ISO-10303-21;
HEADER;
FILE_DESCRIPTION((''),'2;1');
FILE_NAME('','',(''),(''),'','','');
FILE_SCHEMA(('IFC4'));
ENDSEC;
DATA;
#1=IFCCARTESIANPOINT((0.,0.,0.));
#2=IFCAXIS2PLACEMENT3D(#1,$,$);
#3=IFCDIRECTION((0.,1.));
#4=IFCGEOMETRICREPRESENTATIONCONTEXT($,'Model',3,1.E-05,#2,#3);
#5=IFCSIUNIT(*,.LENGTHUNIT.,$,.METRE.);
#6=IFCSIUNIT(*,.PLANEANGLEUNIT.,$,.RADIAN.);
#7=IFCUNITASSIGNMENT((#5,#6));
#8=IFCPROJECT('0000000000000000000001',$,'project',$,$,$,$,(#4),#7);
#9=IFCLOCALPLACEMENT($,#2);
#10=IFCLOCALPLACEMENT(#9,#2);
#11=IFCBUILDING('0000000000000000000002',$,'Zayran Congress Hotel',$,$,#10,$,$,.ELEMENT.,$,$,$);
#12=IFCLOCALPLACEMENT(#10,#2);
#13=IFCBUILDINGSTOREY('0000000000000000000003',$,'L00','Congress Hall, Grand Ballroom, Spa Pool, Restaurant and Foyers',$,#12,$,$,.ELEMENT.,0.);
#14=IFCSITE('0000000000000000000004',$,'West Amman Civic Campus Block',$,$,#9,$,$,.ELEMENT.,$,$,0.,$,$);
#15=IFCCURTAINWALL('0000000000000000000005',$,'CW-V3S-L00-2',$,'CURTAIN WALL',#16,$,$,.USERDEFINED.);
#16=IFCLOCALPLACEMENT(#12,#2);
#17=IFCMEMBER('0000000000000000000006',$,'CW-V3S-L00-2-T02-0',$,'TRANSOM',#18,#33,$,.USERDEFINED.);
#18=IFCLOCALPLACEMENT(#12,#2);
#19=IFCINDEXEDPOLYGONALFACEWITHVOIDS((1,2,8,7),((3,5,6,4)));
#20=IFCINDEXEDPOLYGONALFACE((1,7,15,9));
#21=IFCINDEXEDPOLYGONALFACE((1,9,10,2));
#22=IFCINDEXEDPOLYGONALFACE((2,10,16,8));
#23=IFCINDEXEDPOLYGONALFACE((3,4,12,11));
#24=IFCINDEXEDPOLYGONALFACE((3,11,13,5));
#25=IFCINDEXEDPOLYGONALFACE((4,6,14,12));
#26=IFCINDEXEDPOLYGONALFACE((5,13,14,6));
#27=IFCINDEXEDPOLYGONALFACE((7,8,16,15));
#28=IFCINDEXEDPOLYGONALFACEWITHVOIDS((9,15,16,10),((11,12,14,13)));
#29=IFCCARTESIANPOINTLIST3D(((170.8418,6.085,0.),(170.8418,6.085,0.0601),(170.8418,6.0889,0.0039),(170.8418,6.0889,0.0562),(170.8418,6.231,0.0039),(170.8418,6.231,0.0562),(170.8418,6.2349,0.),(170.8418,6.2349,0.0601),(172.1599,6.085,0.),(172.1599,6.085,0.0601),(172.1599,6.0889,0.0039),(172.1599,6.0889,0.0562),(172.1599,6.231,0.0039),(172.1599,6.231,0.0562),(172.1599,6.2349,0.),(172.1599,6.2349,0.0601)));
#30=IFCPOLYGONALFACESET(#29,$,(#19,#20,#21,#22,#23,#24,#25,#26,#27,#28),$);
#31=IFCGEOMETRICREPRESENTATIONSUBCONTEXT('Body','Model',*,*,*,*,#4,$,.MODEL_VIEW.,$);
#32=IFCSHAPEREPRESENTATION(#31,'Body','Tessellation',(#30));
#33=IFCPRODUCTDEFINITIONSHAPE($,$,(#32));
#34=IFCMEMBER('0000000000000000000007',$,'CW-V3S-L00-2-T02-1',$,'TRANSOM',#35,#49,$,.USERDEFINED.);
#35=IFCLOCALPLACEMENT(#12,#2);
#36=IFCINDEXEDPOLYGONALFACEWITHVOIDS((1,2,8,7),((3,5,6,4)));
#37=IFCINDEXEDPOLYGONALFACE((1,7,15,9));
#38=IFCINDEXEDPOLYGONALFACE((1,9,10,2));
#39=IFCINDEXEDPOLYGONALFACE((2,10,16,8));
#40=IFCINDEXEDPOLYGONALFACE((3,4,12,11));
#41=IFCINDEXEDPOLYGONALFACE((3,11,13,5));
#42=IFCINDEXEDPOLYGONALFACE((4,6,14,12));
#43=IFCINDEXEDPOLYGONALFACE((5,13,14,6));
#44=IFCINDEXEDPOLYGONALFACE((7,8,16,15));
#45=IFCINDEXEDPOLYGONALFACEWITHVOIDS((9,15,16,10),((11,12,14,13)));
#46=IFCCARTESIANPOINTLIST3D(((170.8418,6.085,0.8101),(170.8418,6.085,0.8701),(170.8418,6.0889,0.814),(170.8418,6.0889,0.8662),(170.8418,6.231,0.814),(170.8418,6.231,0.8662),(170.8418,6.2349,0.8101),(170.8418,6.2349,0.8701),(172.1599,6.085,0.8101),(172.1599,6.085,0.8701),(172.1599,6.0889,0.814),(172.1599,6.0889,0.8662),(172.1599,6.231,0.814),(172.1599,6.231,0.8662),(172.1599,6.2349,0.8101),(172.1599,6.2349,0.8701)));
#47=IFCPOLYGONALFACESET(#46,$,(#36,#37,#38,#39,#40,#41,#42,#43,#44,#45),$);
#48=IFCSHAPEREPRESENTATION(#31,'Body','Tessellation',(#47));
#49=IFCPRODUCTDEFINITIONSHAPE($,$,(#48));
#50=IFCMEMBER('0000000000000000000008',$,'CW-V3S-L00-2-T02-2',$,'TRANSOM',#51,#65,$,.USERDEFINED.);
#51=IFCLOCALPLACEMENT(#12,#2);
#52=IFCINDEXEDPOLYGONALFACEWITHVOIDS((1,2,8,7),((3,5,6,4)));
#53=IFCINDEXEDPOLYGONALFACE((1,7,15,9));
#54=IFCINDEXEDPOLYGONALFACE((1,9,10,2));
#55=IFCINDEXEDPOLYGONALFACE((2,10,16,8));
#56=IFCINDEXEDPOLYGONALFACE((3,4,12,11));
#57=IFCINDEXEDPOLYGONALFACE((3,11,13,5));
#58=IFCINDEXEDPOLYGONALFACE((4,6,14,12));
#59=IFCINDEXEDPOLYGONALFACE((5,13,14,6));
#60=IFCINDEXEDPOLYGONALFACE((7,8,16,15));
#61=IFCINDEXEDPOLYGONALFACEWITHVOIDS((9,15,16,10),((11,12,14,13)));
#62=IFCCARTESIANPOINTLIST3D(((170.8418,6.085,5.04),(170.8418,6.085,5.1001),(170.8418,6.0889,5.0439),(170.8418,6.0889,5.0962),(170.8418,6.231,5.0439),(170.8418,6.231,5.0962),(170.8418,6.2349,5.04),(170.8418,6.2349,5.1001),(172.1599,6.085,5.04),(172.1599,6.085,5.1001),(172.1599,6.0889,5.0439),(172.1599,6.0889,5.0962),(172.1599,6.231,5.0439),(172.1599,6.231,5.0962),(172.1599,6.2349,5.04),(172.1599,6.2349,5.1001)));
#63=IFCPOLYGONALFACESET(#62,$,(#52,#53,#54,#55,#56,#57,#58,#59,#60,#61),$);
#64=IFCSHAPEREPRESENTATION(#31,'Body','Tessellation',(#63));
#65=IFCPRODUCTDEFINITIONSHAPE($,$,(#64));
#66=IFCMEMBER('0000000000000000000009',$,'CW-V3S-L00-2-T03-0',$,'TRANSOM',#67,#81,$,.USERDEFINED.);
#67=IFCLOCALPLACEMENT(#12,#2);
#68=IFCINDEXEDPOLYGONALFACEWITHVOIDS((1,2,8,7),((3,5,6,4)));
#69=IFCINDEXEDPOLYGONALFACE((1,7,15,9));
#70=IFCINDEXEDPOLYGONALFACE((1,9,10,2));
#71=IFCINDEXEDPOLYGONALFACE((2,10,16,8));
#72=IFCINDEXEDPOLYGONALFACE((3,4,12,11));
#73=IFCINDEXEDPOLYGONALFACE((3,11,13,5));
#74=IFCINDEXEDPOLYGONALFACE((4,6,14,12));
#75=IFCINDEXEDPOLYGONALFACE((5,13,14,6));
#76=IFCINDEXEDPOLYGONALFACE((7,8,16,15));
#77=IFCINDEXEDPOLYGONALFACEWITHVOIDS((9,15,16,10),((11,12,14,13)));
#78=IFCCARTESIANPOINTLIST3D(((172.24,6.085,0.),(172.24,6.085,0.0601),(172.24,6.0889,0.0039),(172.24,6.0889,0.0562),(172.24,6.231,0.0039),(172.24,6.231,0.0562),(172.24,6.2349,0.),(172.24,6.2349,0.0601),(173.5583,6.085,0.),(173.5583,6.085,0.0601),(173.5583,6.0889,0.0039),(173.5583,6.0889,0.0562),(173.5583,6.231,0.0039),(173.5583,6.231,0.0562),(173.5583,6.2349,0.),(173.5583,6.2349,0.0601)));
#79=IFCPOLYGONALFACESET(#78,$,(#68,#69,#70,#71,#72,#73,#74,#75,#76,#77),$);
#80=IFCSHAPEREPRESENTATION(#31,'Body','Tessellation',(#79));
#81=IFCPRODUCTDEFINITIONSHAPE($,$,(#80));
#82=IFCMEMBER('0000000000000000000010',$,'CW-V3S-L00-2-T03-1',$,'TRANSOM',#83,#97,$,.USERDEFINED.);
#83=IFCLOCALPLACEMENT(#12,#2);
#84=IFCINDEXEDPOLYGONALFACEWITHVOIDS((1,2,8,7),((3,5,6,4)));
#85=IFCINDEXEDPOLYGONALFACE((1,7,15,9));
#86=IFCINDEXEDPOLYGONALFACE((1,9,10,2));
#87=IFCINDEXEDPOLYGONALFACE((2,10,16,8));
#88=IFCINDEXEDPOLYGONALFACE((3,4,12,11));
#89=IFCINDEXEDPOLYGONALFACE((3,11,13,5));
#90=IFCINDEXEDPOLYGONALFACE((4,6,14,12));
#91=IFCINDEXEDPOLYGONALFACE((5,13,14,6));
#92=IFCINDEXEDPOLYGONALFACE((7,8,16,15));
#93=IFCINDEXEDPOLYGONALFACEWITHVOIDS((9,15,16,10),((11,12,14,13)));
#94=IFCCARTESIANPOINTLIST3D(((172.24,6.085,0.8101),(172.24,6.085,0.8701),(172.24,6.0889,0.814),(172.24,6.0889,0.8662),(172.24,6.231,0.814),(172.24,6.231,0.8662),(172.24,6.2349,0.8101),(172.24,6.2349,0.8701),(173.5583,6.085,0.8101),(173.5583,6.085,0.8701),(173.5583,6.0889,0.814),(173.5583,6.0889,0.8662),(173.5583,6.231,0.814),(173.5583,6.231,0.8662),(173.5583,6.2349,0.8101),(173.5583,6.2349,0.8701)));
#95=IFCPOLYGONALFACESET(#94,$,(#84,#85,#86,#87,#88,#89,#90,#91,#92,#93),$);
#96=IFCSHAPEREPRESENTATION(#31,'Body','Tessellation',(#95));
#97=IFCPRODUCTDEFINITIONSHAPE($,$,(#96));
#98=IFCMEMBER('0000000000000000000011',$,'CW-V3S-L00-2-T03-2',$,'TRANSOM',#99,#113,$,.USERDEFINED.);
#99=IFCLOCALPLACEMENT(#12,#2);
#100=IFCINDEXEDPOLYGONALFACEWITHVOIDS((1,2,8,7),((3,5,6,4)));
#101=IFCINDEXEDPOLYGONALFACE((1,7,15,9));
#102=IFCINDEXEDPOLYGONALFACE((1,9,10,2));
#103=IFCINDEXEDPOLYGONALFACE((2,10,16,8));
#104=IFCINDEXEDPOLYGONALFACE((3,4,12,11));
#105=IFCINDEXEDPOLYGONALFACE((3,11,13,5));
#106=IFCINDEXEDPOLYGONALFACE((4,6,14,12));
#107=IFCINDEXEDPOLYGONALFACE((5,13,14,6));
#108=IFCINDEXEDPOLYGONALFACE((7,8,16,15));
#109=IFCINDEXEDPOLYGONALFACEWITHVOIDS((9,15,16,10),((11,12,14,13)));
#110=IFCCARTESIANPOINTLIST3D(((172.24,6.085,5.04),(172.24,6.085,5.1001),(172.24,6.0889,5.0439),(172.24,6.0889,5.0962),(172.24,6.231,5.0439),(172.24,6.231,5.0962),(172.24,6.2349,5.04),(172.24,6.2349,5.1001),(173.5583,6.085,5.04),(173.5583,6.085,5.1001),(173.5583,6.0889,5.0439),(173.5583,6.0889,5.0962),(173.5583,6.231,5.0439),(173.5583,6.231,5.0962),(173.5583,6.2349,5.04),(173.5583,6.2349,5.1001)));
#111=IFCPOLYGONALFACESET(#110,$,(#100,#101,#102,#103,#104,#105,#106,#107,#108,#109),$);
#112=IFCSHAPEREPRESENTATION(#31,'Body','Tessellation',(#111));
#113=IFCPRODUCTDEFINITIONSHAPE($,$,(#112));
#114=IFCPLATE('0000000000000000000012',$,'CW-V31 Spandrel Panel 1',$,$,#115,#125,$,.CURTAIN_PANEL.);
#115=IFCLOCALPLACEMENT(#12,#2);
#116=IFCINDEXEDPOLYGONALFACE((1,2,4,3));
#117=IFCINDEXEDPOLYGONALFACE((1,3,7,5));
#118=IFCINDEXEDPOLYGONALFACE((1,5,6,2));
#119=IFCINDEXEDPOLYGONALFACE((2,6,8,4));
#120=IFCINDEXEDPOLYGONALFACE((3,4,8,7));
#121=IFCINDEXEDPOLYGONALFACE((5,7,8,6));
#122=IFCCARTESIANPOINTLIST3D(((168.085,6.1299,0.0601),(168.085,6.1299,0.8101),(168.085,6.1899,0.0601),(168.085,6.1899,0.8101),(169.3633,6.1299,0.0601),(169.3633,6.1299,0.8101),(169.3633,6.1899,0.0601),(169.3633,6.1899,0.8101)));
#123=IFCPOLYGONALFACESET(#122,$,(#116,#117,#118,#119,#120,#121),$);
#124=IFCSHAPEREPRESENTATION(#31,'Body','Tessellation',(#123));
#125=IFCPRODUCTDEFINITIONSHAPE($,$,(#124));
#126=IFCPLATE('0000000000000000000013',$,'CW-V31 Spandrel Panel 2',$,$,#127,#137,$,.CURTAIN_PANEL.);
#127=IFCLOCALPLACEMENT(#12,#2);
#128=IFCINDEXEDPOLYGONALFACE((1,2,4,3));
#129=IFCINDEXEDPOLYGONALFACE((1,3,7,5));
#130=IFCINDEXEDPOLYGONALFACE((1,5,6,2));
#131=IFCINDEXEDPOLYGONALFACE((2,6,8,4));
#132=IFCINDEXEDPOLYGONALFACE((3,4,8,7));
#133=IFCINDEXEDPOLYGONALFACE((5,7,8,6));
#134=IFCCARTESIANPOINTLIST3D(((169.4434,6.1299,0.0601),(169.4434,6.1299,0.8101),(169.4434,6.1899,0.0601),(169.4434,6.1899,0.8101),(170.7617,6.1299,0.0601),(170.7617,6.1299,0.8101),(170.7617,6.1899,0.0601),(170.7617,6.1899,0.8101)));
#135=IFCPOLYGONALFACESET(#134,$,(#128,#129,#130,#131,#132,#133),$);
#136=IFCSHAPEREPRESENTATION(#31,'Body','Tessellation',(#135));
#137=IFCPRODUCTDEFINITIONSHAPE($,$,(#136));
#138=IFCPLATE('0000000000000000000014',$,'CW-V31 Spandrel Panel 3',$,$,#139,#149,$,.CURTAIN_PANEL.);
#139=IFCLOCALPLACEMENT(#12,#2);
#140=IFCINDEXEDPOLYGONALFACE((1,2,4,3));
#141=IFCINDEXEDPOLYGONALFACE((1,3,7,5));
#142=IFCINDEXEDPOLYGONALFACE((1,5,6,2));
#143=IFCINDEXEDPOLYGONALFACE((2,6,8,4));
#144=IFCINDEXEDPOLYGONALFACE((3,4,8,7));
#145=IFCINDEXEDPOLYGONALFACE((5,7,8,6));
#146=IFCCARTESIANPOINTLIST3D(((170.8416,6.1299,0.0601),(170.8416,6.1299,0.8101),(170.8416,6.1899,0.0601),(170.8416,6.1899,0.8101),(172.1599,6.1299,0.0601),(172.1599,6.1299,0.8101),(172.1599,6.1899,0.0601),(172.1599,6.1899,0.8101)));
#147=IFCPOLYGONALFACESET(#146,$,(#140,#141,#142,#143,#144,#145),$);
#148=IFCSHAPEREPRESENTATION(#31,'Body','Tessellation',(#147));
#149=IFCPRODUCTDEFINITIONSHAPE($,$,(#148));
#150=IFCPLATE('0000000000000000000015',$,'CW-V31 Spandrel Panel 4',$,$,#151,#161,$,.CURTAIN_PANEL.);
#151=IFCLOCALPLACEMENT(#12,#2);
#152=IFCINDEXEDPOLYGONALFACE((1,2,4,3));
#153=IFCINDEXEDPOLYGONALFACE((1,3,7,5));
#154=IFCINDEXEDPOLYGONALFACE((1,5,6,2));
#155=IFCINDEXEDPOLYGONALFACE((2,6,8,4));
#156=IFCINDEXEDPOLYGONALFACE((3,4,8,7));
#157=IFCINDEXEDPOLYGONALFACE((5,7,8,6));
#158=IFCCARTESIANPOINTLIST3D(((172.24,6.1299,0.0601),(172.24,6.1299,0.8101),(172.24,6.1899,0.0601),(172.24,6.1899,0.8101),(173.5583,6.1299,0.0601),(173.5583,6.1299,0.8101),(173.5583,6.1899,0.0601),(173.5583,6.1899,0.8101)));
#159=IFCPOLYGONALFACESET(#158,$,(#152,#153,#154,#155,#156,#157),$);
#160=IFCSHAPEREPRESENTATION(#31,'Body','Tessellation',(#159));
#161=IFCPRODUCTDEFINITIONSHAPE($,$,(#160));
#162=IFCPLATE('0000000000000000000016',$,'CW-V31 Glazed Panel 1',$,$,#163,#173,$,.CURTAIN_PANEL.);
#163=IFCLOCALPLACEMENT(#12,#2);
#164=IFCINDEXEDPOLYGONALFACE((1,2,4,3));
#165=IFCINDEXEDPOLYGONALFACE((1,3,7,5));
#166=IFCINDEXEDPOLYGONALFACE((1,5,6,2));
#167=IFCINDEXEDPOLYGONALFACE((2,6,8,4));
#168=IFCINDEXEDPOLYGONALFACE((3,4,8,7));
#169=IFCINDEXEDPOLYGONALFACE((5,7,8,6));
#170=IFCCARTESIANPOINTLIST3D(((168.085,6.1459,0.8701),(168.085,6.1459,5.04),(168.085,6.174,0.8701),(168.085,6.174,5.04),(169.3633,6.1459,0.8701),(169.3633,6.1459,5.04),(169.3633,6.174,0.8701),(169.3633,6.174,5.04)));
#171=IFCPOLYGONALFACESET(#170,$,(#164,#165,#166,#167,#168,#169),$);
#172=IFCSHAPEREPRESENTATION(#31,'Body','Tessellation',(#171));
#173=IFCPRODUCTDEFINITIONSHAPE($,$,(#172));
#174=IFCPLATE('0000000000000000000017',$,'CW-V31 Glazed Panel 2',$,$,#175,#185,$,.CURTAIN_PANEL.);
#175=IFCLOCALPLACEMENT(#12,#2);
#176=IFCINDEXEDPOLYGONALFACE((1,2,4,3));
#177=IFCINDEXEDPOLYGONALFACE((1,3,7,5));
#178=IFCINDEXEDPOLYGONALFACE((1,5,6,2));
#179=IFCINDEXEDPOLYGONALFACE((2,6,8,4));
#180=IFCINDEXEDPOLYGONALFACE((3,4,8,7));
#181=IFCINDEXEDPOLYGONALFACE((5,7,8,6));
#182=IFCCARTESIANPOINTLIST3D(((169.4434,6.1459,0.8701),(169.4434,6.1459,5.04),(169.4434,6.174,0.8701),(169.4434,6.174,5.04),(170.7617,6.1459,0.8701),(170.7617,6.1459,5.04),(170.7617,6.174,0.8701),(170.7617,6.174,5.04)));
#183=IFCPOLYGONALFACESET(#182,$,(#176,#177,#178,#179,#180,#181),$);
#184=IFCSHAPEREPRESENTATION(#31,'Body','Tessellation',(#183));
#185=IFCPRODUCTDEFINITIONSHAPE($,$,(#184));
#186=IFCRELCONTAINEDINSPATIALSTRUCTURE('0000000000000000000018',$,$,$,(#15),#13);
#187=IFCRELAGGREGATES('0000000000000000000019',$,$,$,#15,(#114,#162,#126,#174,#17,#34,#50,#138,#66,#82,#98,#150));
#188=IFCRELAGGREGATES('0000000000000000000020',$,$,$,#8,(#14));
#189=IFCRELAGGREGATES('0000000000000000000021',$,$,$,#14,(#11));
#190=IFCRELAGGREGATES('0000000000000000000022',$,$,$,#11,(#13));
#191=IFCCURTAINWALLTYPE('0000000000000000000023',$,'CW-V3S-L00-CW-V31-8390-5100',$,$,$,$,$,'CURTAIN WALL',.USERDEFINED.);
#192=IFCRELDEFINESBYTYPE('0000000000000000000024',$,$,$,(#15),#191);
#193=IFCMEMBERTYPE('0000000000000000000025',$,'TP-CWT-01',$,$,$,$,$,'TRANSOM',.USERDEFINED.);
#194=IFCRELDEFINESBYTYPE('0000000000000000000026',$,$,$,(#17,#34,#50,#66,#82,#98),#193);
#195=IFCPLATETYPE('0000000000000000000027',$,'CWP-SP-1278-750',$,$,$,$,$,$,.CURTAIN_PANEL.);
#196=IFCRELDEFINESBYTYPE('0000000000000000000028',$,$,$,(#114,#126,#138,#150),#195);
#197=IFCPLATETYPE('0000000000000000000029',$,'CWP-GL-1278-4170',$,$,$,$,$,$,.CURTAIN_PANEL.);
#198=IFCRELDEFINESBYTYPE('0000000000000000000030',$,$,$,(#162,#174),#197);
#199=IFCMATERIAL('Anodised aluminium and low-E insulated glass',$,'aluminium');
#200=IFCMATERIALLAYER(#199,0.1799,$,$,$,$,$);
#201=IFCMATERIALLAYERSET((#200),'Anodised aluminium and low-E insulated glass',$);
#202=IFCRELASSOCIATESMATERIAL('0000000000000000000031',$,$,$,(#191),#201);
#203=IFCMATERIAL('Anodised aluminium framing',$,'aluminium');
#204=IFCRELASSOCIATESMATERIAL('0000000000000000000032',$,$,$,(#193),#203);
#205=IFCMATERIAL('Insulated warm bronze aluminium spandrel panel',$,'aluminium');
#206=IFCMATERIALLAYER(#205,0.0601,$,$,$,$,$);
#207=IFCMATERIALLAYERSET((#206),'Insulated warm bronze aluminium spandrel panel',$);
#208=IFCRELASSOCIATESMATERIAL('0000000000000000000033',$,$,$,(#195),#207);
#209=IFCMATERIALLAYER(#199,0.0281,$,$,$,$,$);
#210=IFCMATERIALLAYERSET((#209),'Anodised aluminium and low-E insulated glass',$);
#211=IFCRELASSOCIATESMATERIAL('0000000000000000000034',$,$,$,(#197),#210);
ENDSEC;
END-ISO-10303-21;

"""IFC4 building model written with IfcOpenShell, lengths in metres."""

from ifc_helpers import new_model, si_unit, direction, frame, origin, origin_2d, place, context, subcontext, project, spatial, rectangle, hollow_rectangle, extrude, material, layer, layer_set, material_profile, profile_set, type_object, element, aggregate, save


model = new_model("IFC4")

# Units and contexts
model_context = context("Model", 3, precision=1e-05, world=origin(), true_north=direction((0.0, 1.0)))
body_context = subcontext(model_context, "Body", "Model", "MODEL_VIEW")
ifc_project = project(units=[si_unit("LENGTHUNIT", "METRE"), si_unit("PLANEANGLEUNIT", "RADIAN")], contexts=[model_context])

# Site, building, storey
site_placement = place(None, origin())
site = spatial("IfcSite", under=ifc_project, at=site_placement, Name="West Amman Civic Campus Block", CompositionType="ELEMENT", RefElevation=0.0)
building_placement = place(site_placement, origin())
building = spatial("IfcBuilding", under=site, at=building_placement, Name="Zayran Congress Hotel", CompositionType="ELEMENT")
storey_placement = place(building_placement, origin())
storey = spatial("IfcBuildingStorey", under=building, at=storey_placement, Name="L00", Description="Congress Hall, Grand Ballroom, Spa Pool, Restaurant and Foyers", CompositionType="ELEMENT", Elevation=0.0)

# Shared definitions
ifc_material_1 = material(Name="Anodised aluminium and low-E insulated glass", Category="aluminium")
ifc_material_2 = material(Name="Anodised aluminium framing", Category="aluminium")

# Curtain wall, members, plates
ifc_layer_1 = layer(ifc_material_1, 0.1799)
ifc_layer_set_1 = layer_set([ifc_layer_1], Name="Anodised aluminium and low-E insulated glass")
curtain_wall_type_1 = type_object("IfcCurtainWallType", Name="CW-V3S-L00-CW-V31-8390-5100", ElementType="CURTAIN WALL", PredefinedType="USERDEFINED", material=ifc_layer_set_1)
curtain_wall_1_placement = place(storey_placement, origin())
curtain_wall_1 = element("IfcCurtainWall", 1, at=curtain_wall_1_placement, inside=storey, type_object=curtain_wall_type_1, Name="CW-V3S-L00-2", ObjectType="CURTAIN WALL", PredefinedType="USERDEFINED")
ifc_material_profile_1 = material_profile(ifc_material_2, hollow_rectangle(XDim=0.0601, YDim=0.1499, WallThickness=0.0039, at=origin_2d()), Name="RHS 150x60x4")
ifc_profile_set_1 = profile_set([ifc_material_profile_1], Name="Anodised aluminium framing")
member_type_1 = type_object("IfcMemberType", Name="TP-CWT-01", ElementType="TRANSOM", PredefinedType="USERDEFINED", material=ifc_profile_set_1)
member_1_placement = place(storey_placement, frame((170.8418, 6.1599, 0.03), z_axis=(1.0, 0.0, 0.0), x_axis=(0.0, 0.0, 1.0)))
member_1 = element("IfcMember", 2, at=member_1_placement, type_object=member_type_1, Name="CW-V3S-L00-2-T02-0", ObjectType="TRANSOM", PredefinedType="USERDEFINED", context=body_context, shape_type="SweptSolid", body=[
    extrude(hollow_rectangle(XDim=0.0601, YDim=0.1499, WallThickness=0.0039, at=origin_2d()), origin(), (0.0, 0.0, 1.0), 1.3181),
])
member_2_placement = place(storey_placement, frame((170.8418, 6.1599, 0.8401), z_axis=(1.0, 0.0, 0.0), x_axis=(0.0, 0.0, 1.0)))
member_2 = element("IfcMember", 3, at=member_2_placement, type_object=member_type_1, Name="CW-V3S-L00-2-T02-1", ObjectType="TRANSOM", PredefinedType="USERDEFINED", context=body_context, shape_type="SweptSolid", body=[
    extrude(hollow_rectangle(XDim=0.0601, YDim=0.1499, WallThickness=0.0039, at=origin_2d()), origin(), (0.0, 0.0, 1.0), 1.3181),
])
member_3_placement = place(storey_placement, frame((170.8418, 6.1599, 5.0701), z_axis=(1.0, 0.0, 0.0), x_axis=(0.0, 0.0, 1.0)))
member_3 = element("IfcMember", 4, at=member_3_placement, type_object=member_type_1, Name="CW-V3S-L00-2-T02-2", ObjectType="TRANSOM", PredefinedType="USERDEFINED", context=body_context, shape_type="SweptSolid", body=[
    extrude(hollow_rectangle(XDim=0.0601, YDim=0.1499, WallThickness=0.0039, at=origin_2d()), origin(), (0.0, 0.0, 1.0), 1.3181),
])
member_4_placement = place(storey_placement, frame((172.24, 6.1599, 0.03), z_axis=(1.0, 0.0, 0.0), x_axis=(0.0, 0.0, 1.0)))
member_4 = element("IfcMember", 5, at=member_4_placement, type_object=member_type_1, Name="CW-V3S-L00-2-T03-0", ObjectType="TRANSOM", PredefinedType="USERDEFINED", context=body_context, shape_type="SweptSolid", body=[
    extrude(hollow_rectangle(XDim=0.0601, YDim=0.1499, WallThickness=0.0039, at=origin_2d()), origin(), (0.0, 0.0, 1.0), 1.3184),
])
member_5_placement = place(storey_placement, frame((172.24, 6.1599, 0.8401), z_axis=(1.0, 0.0, 0.0), x_axis=(0.0, 0.0, 1.0)))
member_5 = element("IfcMember", 6, at=member_5_placement, type_object=member_type_1, Name="CW-V3S-L00-2-T03-1", ObjectType="TRANSOM", PredefinedType="USERDEFINED", context=body_context, shape_type="SweptSolid", body=[
    extrude(hollow_rectangle(XDim=0.0601, YDim=0.1499, WallThickness=0.0039, at=origin_2d()), origin(), (0.0, 0.0, 1.0), 1.3184),
])
member_6_placement = place(storey_placement, frame((172.24, 6.1599, 5.0701), z_axis=(1.0, 0.0, 0.0), x_axis=(0.0, 0.0, 1.0)))
member_6 = element("IfcMember", 7, at=member_6_placement, type_object=member_type_1, Name="CW-V3S-L00-2-T03-2", ObjectType="TRANSOM", PredefinedType="USERDEFINED", context=body_context, shape_type="SweptSolid", body=[
    extrude(hollow_rectangle(XDim=0.0601, YDim=0.1499, WallThickness=0.0039, at=origin_2d()), origin(), (0.0, 0.0, 1.0), 1.3184),
])
ifc_material_3 = material(Name="Insulated warm bronze aluminium spandrel panel", Category="aluminium")
ifc_layer_2 = layer(ifc_material_3, 0.0601)
ifc_layer_set_2 = layer_set([ifc_layer_2], Name="Insulated warm bronze aluminium spandrel panel")
plate_type_1 = type_object("IfcPlateType", Name="CWP-SP-1278-750", PredefinedType="CURTAIN_PANEL", material=ifc_layer_set_2)
plate_1_placement = place(storey_placement, frame((168.7241, 6.1599, 0.0601), z_axis=(0.0, 0.0, 1.0), x_axis=(1.0, 0.0, 0.0)))
plate_1 = element("IfcPlate", 8, at=plate_1_placement, type_object=plate_type_1, Name="CW-V31 Spandrel Panel 1", PredefinedType="CURTAIN_PANEL", context=body_context, shape_type="SweptSolid", body=[
    extrude(rectangle(XDim=1.2783, YDim=0.0601, at=origin_2d()), origin(), (0.0, 0.0, 1.0), 0.75),
])
plate_2_placement = place(storey_placement, frame((170.1025, 6.1599, 0.0601), z_axis=(0.0, 0.0, 1.0), x_axis=(1.0, 0.0, 0.0)))
plate_2 = element("IfcPlate", 9, at=plate_2_placement, type_object=plate_type_1, Name="CW-V31 Spandrel Panel 2", PredefinedType="CURTAIN_PANEL", context=body_context, shape_type="SweptSolid", body=[
    extrude(rectangle(XDim=1.3184, YDim=0.0601, at=origin_2d()), origin(), (0.0, 0.0, 1.0), 0.75),
])
plate_3_placement = place(storey_placement, frame((171.5007, 6.1599, 0.0601), z_axis=(0.0, 0.0, 1.0), x_axis=(1.0, 0.0, 0.0)))
plate_3 = element("IfcPlate", 10, at=plate_3_placement, type_object=plate_type_1, Name="CW-V31 Spandrel Panel 3", PredefinedType="CURTAIN_PANEL", context=body_context, shape_type="SweptSolid", body=[
    extrude(rectangle(XDim=1.3184, YDim=0.0601, at=origin_2d()), origin(), (0.0, 0.0, 1.0), 0.75),
])
plate_4_placement = place(storey_placement, frame((172.8992, 6.1599, 0.0601), z_axis=(0.0, 0.0, 1.0), x_axis=(1.0, 0.0, 0.0)))
plate_4 = element("IfcPlate", 11, at=plate_4_placement, type_object=plate_type_1, Name="CW-V31 Spandrel Panel 4", PredefinedType="CURTAIN_PANEL", context=body_context, shape_type="SweptSolid", body=[
    extrude(rectangle(XDim=1.3184, YDim=0.0601, at=origin_2d()), origin(), (0.0, 0.0, 1.0), 0.75),
])
ifc_layer_3 = layer(ifc_material_1, 0.0281)
ifc_layer_set_3 = layer_set([ifc_layer_3], Name="Anodised aluminium and low-E insulated glass")
plate_type_2 = type_object("IfcPlateType", Name="CWP-GL-1278-4170", PredefinedType="CURTAIN_PANEL", material=ifc_layer_set_3)
plate_5_placement = place(storey_placement, frame((168.7241, 6.1599, 0.8701), z_axis=(0.0, 0.0, 1.0), x_axis=(1.0, 0.0, 0.0)))
plate_5 = element("IfcPlate", 12, at=plate_5_placement, type_object=plate_type_2, Name="CW-V31 Glazed Panel 1", PredefinedType="CURTAIN_PANEL", context=body_context, shape_type="SweptSolid", body=[
    extrude(rectangle(XDim=1.2783, YDim=0.0281, at=origin_2d()), origin(), (0.0, 0.0, 1.0), 4.1699),
])
plate_6_placement = place(storey_placement, frame((170.1025, 6.1599, 0.8701), z_axis=(0.0, 0.0, 1.0), x_axis=(1.0, 0.0, 0.0)))
plate_6 = element("IfcPlate", 13, at=plate_6_placement, type_object=plate_type_2, Name="CW-V31 Glazed Panel 2", PredefinedType="CURTAIN_PANEL", context=body_context, shape_type="SweptSolid", body=[
    extrude(rectangle(XDim=1.3184, YDim=0.0281, at=origin_2d()), origin(), (0.0, 0.0, 1.0), 4.1699),
])
aggregate(curtain_wall_1, [plate_1, plate_5, plate_2, plate_6, member_1, member_2, member_3, plate_3, member_4, member_5, member_6, plate_4])

save(model, "model.ifc")
